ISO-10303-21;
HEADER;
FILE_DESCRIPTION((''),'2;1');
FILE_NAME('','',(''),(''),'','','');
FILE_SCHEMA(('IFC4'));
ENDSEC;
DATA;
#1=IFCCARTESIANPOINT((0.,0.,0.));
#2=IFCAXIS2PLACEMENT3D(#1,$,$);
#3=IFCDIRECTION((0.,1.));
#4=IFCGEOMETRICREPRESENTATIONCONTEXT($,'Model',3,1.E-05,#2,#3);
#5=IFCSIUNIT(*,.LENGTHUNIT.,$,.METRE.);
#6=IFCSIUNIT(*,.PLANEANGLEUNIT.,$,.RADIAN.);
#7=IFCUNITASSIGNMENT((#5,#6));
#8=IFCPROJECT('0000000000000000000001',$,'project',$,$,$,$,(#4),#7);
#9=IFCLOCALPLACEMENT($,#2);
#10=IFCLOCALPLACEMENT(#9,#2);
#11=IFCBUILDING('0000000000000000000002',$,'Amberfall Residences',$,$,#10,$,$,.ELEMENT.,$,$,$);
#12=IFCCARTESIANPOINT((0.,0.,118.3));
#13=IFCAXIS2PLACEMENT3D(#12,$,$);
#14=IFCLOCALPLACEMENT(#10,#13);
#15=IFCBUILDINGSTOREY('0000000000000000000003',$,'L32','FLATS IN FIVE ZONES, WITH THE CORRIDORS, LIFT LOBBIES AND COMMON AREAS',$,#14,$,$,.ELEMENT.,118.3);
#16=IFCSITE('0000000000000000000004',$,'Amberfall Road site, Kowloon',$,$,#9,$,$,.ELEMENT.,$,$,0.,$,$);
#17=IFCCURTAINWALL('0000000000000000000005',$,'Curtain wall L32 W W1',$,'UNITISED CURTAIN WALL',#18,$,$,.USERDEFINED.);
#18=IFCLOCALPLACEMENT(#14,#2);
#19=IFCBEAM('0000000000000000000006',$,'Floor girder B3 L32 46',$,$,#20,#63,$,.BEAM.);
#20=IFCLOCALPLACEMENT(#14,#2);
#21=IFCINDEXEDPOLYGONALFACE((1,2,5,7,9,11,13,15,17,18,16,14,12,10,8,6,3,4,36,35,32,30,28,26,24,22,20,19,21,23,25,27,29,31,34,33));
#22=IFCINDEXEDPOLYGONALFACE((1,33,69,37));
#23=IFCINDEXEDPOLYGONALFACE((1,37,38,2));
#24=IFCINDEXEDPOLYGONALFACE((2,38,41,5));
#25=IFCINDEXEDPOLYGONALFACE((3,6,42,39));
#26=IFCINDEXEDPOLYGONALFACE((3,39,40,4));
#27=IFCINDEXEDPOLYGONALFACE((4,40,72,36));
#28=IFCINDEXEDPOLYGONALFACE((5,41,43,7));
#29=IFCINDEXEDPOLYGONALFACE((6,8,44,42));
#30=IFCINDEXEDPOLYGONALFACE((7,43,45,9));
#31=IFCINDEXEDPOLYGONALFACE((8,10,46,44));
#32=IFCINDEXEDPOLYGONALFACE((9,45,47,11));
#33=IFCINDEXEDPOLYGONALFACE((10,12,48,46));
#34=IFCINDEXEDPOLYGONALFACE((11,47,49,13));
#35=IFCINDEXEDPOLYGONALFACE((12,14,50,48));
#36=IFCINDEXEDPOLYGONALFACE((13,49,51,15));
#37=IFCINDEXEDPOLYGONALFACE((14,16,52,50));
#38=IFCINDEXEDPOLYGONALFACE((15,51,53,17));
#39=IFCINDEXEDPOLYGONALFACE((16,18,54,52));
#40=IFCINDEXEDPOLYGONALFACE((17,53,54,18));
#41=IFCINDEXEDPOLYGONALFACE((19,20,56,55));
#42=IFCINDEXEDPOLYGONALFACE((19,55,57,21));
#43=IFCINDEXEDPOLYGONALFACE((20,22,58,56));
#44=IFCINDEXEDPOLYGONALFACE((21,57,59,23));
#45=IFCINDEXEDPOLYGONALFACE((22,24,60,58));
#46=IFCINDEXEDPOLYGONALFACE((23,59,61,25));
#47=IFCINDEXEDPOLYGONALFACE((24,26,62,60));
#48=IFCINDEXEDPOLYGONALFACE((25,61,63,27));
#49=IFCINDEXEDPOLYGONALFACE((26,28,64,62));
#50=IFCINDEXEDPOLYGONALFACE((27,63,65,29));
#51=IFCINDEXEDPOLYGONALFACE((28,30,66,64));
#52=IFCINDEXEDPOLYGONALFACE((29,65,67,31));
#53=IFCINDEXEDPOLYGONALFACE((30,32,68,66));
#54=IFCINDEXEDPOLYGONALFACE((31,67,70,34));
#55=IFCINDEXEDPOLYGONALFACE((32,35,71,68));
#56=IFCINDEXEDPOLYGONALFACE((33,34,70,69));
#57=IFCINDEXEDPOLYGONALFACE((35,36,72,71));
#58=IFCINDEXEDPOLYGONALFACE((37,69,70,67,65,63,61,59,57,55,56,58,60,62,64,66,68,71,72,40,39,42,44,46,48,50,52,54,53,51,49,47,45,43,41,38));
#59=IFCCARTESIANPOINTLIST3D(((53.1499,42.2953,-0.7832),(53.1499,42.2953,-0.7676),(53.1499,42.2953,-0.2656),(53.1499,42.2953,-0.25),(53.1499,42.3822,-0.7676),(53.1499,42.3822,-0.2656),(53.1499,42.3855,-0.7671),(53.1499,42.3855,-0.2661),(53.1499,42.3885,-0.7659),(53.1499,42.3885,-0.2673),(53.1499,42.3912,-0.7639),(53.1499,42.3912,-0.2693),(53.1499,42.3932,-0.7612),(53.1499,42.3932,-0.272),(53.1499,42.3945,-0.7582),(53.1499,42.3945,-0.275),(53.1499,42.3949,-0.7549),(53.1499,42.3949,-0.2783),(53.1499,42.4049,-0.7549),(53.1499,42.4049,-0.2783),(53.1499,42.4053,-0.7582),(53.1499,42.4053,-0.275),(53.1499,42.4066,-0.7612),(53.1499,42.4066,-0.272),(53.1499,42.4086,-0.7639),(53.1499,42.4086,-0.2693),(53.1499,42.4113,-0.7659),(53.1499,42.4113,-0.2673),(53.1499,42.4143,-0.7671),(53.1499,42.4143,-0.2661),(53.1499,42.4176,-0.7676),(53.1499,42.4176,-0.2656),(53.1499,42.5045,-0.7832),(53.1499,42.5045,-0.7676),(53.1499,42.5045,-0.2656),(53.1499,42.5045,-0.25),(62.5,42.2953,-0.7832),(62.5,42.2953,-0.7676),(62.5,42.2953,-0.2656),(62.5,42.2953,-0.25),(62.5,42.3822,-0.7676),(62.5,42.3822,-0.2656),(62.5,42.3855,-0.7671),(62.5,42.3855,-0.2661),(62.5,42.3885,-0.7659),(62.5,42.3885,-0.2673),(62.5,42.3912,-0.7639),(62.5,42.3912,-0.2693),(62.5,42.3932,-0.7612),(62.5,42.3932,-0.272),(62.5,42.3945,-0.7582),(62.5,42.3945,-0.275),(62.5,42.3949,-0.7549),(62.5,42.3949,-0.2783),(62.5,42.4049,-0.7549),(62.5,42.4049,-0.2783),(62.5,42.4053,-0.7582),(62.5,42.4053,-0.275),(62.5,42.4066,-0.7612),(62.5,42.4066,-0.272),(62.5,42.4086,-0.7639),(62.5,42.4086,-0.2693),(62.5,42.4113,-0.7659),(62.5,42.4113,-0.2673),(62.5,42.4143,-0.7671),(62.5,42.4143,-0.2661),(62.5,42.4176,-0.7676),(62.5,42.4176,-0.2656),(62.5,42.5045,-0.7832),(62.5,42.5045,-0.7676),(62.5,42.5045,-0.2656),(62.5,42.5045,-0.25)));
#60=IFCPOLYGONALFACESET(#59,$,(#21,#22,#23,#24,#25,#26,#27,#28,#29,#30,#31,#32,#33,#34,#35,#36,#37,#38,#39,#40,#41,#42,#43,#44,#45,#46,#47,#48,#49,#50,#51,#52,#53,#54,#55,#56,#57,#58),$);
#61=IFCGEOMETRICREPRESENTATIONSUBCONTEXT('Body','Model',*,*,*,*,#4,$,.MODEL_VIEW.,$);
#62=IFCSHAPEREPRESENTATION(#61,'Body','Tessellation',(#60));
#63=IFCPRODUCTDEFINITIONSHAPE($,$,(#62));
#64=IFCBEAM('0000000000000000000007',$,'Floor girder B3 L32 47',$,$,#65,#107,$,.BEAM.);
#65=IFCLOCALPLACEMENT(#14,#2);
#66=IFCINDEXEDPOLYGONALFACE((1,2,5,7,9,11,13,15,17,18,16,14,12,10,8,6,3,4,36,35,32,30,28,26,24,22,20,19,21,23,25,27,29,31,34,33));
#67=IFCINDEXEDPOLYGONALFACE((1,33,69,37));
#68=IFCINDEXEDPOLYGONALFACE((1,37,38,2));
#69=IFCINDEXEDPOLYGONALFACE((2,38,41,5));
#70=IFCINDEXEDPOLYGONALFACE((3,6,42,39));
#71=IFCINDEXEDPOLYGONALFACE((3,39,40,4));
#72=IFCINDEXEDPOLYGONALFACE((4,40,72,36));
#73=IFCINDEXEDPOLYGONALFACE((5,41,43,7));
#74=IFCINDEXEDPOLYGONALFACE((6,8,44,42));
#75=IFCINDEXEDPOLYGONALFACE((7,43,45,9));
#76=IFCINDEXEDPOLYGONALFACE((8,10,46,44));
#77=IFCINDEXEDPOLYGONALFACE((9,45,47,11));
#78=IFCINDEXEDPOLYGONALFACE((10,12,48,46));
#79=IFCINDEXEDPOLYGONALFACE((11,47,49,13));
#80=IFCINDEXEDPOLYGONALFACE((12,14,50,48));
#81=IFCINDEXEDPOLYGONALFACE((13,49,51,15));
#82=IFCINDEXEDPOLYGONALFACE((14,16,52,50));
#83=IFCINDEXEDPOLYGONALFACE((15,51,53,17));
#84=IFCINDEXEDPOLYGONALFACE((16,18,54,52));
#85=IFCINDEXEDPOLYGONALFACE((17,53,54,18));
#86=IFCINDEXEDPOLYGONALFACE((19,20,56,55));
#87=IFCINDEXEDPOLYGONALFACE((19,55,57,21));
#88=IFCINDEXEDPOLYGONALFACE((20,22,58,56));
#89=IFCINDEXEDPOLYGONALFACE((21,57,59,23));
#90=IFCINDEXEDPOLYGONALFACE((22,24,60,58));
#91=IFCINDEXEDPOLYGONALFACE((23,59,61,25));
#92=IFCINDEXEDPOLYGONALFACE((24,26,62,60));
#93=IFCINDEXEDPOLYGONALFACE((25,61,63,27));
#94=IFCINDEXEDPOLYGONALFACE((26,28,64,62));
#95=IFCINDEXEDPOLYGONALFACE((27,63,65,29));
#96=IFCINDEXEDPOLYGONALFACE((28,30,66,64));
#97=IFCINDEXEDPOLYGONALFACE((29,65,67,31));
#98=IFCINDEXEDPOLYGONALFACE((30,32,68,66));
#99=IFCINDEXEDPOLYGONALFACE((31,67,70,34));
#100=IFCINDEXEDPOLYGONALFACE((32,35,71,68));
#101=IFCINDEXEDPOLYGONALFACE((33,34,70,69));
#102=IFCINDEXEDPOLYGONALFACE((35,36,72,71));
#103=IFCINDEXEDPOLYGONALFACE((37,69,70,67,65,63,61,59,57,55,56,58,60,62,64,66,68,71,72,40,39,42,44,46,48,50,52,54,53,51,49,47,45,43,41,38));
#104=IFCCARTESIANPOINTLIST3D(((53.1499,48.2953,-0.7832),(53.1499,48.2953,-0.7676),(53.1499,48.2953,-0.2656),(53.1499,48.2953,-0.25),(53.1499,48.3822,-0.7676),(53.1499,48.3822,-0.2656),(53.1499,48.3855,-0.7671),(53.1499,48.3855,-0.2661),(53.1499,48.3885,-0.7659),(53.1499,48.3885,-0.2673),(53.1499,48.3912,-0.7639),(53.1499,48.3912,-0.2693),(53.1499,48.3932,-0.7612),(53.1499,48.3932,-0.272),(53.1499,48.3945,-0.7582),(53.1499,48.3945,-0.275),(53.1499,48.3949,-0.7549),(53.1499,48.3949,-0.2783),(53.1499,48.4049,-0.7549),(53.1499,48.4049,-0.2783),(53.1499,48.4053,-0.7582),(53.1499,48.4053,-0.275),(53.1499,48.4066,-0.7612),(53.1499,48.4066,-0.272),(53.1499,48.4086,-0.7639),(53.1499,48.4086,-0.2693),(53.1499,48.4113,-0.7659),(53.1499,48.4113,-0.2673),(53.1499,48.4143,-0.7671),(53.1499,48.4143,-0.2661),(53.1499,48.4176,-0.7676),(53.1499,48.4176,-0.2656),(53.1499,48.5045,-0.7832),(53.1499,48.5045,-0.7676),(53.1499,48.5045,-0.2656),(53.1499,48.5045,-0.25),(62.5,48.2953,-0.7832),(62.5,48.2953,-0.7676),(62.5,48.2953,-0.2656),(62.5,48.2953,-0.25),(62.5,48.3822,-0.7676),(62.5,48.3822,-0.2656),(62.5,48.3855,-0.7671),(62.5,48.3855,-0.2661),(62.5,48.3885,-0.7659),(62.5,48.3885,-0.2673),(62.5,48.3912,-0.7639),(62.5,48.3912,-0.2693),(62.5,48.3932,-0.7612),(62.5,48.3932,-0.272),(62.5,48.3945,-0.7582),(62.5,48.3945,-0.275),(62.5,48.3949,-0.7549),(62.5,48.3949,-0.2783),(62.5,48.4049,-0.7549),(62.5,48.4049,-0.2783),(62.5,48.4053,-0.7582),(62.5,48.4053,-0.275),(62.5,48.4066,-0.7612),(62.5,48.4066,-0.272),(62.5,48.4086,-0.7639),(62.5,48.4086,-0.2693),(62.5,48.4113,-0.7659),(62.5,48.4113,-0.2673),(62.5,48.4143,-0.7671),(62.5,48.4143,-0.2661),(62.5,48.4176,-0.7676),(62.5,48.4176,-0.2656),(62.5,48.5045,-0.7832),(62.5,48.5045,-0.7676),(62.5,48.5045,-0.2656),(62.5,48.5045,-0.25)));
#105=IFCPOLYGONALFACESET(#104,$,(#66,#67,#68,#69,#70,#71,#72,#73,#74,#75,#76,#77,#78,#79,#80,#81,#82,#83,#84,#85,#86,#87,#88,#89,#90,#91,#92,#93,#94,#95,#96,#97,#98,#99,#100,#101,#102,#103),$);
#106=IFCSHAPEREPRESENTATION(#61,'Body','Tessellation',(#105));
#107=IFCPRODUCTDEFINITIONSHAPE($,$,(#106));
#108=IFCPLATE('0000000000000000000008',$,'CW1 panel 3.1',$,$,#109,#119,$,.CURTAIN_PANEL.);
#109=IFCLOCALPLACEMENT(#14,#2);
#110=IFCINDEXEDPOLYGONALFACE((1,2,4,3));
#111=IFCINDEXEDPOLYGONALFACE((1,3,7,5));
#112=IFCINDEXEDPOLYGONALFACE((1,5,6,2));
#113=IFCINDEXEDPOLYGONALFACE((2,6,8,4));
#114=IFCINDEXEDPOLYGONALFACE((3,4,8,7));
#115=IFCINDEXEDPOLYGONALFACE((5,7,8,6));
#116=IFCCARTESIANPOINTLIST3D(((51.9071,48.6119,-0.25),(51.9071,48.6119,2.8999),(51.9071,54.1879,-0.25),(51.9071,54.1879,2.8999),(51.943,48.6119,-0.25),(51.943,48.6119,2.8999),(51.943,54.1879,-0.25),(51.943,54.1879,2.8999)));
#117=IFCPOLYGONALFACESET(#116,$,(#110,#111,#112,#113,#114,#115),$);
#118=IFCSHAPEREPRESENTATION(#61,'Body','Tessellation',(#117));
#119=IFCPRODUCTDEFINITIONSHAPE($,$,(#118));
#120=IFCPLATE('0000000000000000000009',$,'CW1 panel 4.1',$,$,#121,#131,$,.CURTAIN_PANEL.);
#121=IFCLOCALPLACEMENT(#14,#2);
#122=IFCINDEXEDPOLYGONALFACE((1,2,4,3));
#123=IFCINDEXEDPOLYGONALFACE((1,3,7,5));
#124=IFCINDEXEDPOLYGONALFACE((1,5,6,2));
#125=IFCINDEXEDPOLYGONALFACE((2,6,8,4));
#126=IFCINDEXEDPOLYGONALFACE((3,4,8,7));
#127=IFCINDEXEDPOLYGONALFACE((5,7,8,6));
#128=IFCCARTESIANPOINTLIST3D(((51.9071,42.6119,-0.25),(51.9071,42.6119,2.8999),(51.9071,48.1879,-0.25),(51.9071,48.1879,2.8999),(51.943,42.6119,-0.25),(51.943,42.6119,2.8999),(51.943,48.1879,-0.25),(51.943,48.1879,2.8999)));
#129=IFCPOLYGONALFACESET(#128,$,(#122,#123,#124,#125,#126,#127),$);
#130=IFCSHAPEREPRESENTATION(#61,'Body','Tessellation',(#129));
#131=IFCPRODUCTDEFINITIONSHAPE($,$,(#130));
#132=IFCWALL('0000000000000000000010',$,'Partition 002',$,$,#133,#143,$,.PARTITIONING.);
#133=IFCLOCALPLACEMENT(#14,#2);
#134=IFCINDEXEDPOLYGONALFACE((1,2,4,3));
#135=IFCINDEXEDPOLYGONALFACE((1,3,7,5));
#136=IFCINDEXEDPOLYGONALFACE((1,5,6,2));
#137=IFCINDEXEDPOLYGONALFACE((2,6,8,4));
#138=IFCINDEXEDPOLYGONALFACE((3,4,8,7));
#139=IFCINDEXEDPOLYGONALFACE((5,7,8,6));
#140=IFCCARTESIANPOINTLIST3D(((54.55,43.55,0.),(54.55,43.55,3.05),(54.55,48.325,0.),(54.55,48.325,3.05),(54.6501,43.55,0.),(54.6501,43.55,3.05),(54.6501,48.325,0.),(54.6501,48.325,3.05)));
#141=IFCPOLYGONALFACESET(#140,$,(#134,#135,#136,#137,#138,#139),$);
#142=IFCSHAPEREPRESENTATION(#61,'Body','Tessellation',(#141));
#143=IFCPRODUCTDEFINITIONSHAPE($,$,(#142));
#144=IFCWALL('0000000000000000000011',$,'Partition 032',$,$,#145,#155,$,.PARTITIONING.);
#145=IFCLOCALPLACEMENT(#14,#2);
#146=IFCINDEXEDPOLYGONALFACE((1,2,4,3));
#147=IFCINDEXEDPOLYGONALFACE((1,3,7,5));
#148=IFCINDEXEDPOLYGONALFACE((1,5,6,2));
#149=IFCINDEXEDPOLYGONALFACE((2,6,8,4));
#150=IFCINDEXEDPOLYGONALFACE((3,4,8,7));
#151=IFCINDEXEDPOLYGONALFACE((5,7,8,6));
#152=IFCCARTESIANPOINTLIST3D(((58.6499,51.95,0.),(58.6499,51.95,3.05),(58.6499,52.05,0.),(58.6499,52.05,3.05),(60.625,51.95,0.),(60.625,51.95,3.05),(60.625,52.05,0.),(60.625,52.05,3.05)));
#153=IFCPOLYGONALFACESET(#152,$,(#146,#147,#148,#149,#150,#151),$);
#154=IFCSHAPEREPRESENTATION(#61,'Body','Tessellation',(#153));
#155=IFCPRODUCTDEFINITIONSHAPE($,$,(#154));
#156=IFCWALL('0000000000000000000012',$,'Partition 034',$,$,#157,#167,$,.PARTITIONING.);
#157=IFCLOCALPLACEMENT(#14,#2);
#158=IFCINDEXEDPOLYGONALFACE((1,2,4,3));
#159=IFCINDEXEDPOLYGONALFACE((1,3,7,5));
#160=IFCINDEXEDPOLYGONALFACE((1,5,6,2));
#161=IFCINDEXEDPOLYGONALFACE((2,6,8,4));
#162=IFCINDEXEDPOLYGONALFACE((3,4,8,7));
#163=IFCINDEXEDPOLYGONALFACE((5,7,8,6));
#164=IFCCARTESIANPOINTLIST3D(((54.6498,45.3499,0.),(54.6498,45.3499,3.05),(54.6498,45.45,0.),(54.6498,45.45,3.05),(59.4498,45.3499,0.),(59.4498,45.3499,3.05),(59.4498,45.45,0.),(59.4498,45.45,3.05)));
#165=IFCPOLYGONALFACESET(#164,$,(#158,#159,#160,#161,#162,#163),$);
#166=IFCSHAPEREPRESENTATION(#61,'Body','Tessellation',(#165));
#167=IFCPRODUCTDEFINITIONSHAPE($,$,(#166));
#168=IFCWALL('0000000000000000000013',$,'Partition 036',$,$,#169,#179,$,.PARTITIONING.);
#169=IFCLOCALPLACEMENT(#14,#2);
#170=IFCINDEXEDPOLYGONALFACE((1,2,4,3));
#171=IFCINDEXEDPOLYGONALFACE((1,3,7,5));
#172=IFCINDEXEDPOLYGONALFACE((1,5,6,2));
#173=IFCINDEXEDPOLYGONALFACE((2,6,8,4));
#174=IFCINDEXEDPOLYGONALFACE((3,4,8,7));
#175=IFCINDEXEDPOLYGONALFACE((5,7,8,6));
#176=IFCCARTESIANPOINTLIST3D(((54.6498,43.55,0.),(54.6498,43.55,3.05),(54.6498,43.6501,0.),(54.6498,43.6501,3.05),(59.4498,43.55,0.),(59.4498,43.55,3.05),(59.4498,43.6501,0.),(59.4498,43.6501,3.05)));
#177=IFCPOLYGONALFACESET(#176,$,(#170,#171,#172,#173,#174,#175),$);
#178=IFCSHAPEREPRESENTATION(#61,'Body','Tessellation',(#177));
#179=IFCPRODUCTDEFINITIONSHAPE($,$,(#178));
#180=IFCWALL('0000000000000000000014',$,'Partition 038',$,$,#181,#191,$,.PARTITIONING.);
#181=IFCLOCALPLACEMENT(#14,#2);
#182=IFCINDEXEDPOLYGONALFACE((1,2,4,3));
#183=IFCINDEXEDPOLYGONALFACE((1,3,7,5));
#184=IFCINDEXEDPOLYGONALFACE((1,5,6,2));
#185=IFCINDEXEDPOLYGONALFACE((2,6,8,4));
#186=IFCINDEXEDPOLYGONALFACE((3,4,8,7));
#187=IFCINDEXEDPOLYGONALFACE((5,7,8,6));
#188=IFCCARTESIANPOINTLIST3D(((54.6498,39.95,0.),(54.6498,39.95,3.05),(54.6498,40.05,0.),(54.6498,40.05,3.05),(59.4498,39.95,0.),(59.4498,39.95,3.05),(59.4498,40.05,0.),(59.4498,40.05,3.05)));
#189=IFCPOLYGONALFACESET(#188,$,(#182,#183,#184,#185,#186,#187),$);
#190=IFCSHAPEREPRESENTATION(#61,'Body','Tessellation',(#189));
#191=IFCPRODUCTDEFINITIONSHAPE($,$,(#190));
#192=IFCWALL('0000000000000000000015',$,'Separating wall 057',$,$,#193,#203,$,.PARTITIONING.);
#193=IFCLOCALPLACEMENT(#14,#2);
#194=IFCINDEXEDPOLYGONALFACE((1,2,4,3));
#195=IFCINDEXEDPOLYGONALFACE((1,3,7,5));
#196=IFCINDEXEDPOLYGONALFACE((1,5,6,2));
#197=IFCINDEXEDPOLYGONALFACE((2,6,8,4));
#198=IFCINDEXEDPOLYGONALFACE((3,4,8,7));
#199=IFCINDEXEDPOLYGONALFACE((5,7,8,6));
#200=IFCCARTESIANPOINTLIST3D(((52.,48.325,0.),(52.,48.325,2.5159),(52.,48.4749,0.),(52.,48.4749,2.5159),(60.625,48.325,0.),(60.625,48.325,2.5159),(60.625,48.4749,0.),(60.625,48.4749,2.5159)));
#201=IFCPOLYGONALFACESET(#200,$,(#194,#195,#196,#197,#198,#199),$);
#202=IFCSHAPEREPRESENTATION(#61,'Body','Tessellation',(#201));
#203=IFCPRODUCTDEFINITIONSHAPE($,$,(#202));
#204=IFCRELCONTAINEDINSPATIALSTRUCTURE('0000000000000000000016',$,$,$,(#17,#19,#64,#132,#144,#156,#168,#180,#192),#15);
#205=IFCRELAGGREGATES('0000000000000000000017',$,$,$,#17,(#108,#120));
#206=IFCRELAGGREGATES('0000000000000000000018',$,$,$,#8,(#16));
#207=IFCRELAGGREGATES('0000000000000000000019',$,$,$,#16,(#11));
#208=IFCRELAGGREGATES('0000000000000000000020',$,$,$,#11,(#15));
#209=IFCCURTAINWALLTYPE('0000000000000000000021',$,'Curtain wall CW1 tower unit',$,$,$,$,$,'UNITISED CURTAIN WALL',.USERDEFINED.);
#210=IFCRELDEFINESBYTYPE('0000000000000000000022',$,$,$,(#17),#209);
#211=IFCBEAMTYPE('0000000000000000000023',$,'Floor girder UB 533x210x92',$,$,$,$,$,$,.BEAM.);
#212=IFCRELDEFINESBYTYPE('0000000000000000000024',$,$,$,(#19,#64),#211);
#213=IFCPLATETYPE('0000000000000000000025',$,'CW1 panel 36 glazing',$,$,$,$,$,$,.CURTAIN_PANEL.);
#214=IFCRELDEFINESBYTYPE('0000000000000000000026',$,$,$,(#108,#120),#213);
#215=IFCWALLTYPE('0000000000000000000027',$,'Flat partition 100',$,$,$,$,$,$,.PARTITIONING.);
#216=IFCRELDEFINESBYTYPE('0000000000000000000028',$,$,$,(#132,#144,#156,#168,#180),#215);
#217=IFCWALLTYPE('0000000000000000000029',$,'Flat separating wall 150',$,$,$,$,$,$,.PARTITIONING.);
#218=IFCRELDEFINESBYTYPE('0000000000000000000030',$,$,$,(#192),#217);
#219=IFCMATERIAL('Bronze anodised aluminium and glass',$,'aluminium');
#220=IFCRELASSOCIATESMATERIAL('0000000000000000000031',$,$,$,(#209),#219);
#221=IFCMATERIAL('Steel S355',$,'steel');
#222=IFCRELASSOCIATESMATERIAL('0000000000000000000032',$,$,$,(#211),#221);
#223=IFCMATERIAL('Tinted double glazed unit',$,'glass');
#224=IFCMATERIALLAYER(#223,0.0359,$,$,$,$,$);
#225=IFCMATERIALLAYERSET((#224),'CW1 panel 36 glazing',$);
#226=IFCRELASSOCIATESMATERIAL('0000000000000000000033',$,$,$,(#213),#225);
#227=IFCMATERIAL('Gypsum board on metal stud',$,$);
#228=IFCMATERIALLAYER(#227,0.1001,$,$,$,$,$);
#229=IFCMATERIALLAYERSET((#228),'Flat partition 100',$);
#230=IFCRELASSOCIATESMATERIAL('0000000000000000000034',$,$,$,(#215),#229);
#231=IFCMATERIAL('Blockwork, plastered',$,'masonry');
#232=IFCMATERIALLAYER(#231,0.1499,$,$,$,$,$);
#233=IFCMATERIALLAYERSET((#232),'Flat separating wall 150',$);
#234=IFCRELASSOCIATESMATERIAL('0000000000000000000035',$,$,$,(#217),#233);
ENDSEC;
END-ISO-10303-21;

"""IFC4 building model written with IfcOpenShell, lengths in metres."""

from ifc_helpers import new_model, si_unit, direction, frame, frame_2d, origin, origin_2d, place, context, subcontext, project, spatial, rectangle, i_section, extrude, material, layer, layer_set, material_profile, profile_set, type_object, element, aggregate, save


model = new_model("IFC4")

# Units and contexts
model_context = context("Model", 3, precision=1e-05, world=origin(), true_north=direction((0.0, 1.0)))
body_context = subcontext(model_context, "Body", "Model", "MODEL_VIEW")
ifc_project = project(units=[si_unit("LENGTHUNIT", "METRE"), si_unit("PLANEANGLEUNIT", "RADIAN")], contexts=[model_context])

# Site, building, storey
site_placement = place(None, origin())
site = spatial("IfcSite", under=ifc_project, at=site_placement, Name="Amberfall Road site, Kowloon", CompositionType="ELEMENT", RefElevation=0.0)
building_placement = place(site_placement, origin())
building = spatial("IfcBuilding", under=site, at=building_placement, Name="Amberfall Residences", CompositionType="ELEMENT")
storey_placement = place(building_placement, frame((0.0, 0.0, 118.3)))
storey = spatial("IfcBuildingStorey", under=building, at=storey_placement, Name="L32", Description="FLATS IN FIVE ZONES, WITH THE CORRIDORS, LIFT LOBBIES AND COMMON AREAS", CompositionType="ELEMENT", Elevation=118.3)

# Curtain wall
ifc_material_1 = material(Name="Bronze anodised aluminium and glass", Category="aluminium")
curtain_wall_type = type_object("IfcCurtainWallType", Name="Curtain wall CW1 tower unit", ElementType="UNITISED CURTAIN WALL", PredefinedType="USERDEFINED", material=ifc_material_1)
curtain_wall_placement = place(storey_placement, origin())
curtain_wall = element("IfcCurtainWall", 1, at=curtain_wall_placement, inside=storey, type_object=curtain_wall_type, Name="Curtain wall L32 W W1", ObjectType="UNITISED CURTAIN WALL", PredefinedType="USERDEFINED")

# Shared definitions
ifc_material_2 = material(Name="Steel S355", Category="steel")

# Beams
ifc_material_profile_1 = material_profile(ifc_material_2, i_section(OverallWidth=0.2092, OverallDepth=0.5332, WebThickness=0.01, FlangeThickness=0.0156, FilletRadius=0.0127, at=origin_2d()), Name="UB 533x210x92")
ifc_profile_set_1 = profile_set([ifc_material_profile_1], Name="Steel S355")
beam_type_1 = type_object("IfcBeamType", Name="Floor girder UB 533x210x92", PredefinedType="BEAM", material=ifc_profile_set_1)
for number, where, z_axis, x_axis, name in (
    (2, (53.1499, 42.3999, -0.5166), (1.0, 0.0, 0.0), (0.0, 1.0, 0.0), "Floor girder B3 L32 46"),
    (3, (53.1499, 48.3999, -0.5166), (1.0, 0.0, 0.0), (0.0, 1.0, 0.0), "Floor girder B3 L32 47"),
):
    element("IfcBeam", number, at=place(storey_placement, frame(where, z_axis=z_axis, x_axis=x_axis)), inside=storey, type_object=beam_type_1, Name=name, PredefinedType="BEAM", context=body_context, shape_type="SweptSolid", body=[
        extrude(i_section(OverallWidth=0.2092, OverallDepth=0.5332, WebThickness=0.01, FlangeThickness=0.0156, FilletRadius=0.0127, at=origin_2d()), origin(), (0.0, 0.0, 1.0), 9.3501),
    ])

# Plates
ifc_material_3 = material(Name="Tinted double glazed unit", Category="glass")
ifc_layer_1 = layer(ifc_material_3, 0.0359)
ifc_layer_set_1 = layer_set([ifc_layer_1], Name="CW1 panel 36 glazing")
plate_type = type_object("IfcPlateType", Name="CW1 panel 36 glazing", PredefinedType="CURTAIN_PANEL", material=ifc_layer_set_1)
plate_1_placement = place(storey_placement, frame((51.925, 51.3999, -0.25), z_axis=(0.0, 0.0, 1.0), x_axis=(0.0, -1.0, 0.0)))
plate_1 = element("IfcPlate", 4, at=plate_1_placement, type_object=plate_type, Name="CW1 panel 3.1", PredefinedType="CURTAIN_PANEL", context=body_context, shape_type="SweptSolid", body=[
    extrude(rectangle(XDim=5.5759, YDim=0.0359, at=origin_2d()), origin(), (0.0, 0.0, 1.0), 3.1499),
])
plate_2_placement = place(storey_placement, frame((51.925, 45.3999, -0.25), z_axis=(0.0, 0.0, 1.0), x_axis=(0.0, -1.0, 0.0)))
plate_2 = element("IfcPlate", 5, at=plate_2_placement, type_object=plate_type, Name="CW1 panel 4.1", PredefinedType="CURTAIN_PANEL", context=body_context, shape_type="SweptSolid", body=[
    extrude(rectangle(XDim=5.5759, YDim=0.0359, at=origin_2d()), origin(), (0.0, 0.0, 1.0), 3.1499),
])
aggregate(curtain_wall, [plate_1, plate_2])

# Walls
ifc_material_4 = material(Name="Gypsum board on metal stud")
ifc_layer_2 = layer(ifc_material_4, 0.1001)
ifc_layer_set_2 = layer_set([ifc_layer_2], Name="Flat partition 100")
wall_type_1 = type_object("IfcWallType", Name="Flat partition 100", PredefinedType="PARTITIONING", material=ifc_layer_set_2)
wall_1_placement = place(storey_placement, frame((54.6001, 43.55, 0.0), z_axis=(0.0, 0.0, 1.0), x_axis=(0.0, 1.0, 0.0)))
element("IfcWall", 6, at=wall_1_placement, inside=storey, type_object=wall_type_1, Name="Partition 002", PredefinedType="PARTITIONING", context=body_context, shape_type="SweptSolid", body=[
    extrude(rectangle(XDim=4.7749, YDim=0.1001, at=frame_2d((2.3875, 0.0))), origin(), (0.0, 0.0, 1.0), 3.05),
])
wall_2_placement = place(storey_placement, frame((58.6499, 52.0, 0.0), z_axis=(0.0, 0.0, 1.0), x_axis=(1.0, 0.0, 0.0)))
element("IfcWall", 7, at=wall_2_placement, inside=storey, type_object=wall_type_1, Name="Partition 032", PredefinedType="PARTITIONING", context=body_context, shape_type="SweptSolid", body=[
    extrude(rectangle(XDim=1.9751, YDim=0.1001, at=frame_2d((0.9875, 0.0))), origin(), (0.0, 0.0, 1.0), 3.05),
])
for number, where, z_axis, x_axis, name in (
    (8, (54.6499, 45.3999, 0.0), (0.0, 0.0, 1.0), (1.0, 0.0, 0.0), "Partition 034"),
    (9, (54.6499, 43.6001, 0.0), (0.0, 0.0, 1.0), (1.0, 0.0, 0.0), "Partition 036"),
    (10, (54.6499, 40.0, 0.0), (0.0, 0.0, 1.0), (1.0, 0.0, 0.0), "Partition 038"),
):
    element("IfcWall", number, at=place(storey_placement, frame(where, z_axis=z_axis, x_axis=x_axis)), inside=storey, type_object=wall_type_1, Name=name, PredefinedType="PARTITIONING", context=body_context, shape_type="SweptSolid", body=[
        extrude(rectangle(XDim=4.8, YDim=0.1001, at=frame_2d((2.3999, 0.0))), origin(), (0.0, 0.0, 1.0), 3.05),
    ])
ifc_material_5 = material(Name="Blockwork, plastered", Category="masonry")
ifc_layer_3 = layer(ifc_material_5, 0.1499)
ifc_layer_set_3 = layer_set([ifc_layer_3], Name="Flat separating wall 150")
wall_type_2 = type_object("IfcWallType", Name="Flat separating wall 150", PredefinedType="PARTITIONING", material=ifc_layer_set_3)
wall_3_placement = place(storey_placement, frame((52.0, 48.3999, 0.0), z_axis=(0.0, 0.0, 1.0), x_axis=(1.0, 0.0, 0.0)))
element("IfcWall", 11, at=wall_3_placement, inside=storey, type_object=wall_type_2, Name="Separating wall 057", PredefinedType="PARTITIONING", context=body_context, shape_type="SweptSolid", body=[
    extrude(rectangle(XDim=8.625, YDim=0.1499, at=frame_2d((4.3125, 0.0))), origin(), (0.0, 0.0, 1.0), 2.5159),
])

save(model, "model.ifc")
